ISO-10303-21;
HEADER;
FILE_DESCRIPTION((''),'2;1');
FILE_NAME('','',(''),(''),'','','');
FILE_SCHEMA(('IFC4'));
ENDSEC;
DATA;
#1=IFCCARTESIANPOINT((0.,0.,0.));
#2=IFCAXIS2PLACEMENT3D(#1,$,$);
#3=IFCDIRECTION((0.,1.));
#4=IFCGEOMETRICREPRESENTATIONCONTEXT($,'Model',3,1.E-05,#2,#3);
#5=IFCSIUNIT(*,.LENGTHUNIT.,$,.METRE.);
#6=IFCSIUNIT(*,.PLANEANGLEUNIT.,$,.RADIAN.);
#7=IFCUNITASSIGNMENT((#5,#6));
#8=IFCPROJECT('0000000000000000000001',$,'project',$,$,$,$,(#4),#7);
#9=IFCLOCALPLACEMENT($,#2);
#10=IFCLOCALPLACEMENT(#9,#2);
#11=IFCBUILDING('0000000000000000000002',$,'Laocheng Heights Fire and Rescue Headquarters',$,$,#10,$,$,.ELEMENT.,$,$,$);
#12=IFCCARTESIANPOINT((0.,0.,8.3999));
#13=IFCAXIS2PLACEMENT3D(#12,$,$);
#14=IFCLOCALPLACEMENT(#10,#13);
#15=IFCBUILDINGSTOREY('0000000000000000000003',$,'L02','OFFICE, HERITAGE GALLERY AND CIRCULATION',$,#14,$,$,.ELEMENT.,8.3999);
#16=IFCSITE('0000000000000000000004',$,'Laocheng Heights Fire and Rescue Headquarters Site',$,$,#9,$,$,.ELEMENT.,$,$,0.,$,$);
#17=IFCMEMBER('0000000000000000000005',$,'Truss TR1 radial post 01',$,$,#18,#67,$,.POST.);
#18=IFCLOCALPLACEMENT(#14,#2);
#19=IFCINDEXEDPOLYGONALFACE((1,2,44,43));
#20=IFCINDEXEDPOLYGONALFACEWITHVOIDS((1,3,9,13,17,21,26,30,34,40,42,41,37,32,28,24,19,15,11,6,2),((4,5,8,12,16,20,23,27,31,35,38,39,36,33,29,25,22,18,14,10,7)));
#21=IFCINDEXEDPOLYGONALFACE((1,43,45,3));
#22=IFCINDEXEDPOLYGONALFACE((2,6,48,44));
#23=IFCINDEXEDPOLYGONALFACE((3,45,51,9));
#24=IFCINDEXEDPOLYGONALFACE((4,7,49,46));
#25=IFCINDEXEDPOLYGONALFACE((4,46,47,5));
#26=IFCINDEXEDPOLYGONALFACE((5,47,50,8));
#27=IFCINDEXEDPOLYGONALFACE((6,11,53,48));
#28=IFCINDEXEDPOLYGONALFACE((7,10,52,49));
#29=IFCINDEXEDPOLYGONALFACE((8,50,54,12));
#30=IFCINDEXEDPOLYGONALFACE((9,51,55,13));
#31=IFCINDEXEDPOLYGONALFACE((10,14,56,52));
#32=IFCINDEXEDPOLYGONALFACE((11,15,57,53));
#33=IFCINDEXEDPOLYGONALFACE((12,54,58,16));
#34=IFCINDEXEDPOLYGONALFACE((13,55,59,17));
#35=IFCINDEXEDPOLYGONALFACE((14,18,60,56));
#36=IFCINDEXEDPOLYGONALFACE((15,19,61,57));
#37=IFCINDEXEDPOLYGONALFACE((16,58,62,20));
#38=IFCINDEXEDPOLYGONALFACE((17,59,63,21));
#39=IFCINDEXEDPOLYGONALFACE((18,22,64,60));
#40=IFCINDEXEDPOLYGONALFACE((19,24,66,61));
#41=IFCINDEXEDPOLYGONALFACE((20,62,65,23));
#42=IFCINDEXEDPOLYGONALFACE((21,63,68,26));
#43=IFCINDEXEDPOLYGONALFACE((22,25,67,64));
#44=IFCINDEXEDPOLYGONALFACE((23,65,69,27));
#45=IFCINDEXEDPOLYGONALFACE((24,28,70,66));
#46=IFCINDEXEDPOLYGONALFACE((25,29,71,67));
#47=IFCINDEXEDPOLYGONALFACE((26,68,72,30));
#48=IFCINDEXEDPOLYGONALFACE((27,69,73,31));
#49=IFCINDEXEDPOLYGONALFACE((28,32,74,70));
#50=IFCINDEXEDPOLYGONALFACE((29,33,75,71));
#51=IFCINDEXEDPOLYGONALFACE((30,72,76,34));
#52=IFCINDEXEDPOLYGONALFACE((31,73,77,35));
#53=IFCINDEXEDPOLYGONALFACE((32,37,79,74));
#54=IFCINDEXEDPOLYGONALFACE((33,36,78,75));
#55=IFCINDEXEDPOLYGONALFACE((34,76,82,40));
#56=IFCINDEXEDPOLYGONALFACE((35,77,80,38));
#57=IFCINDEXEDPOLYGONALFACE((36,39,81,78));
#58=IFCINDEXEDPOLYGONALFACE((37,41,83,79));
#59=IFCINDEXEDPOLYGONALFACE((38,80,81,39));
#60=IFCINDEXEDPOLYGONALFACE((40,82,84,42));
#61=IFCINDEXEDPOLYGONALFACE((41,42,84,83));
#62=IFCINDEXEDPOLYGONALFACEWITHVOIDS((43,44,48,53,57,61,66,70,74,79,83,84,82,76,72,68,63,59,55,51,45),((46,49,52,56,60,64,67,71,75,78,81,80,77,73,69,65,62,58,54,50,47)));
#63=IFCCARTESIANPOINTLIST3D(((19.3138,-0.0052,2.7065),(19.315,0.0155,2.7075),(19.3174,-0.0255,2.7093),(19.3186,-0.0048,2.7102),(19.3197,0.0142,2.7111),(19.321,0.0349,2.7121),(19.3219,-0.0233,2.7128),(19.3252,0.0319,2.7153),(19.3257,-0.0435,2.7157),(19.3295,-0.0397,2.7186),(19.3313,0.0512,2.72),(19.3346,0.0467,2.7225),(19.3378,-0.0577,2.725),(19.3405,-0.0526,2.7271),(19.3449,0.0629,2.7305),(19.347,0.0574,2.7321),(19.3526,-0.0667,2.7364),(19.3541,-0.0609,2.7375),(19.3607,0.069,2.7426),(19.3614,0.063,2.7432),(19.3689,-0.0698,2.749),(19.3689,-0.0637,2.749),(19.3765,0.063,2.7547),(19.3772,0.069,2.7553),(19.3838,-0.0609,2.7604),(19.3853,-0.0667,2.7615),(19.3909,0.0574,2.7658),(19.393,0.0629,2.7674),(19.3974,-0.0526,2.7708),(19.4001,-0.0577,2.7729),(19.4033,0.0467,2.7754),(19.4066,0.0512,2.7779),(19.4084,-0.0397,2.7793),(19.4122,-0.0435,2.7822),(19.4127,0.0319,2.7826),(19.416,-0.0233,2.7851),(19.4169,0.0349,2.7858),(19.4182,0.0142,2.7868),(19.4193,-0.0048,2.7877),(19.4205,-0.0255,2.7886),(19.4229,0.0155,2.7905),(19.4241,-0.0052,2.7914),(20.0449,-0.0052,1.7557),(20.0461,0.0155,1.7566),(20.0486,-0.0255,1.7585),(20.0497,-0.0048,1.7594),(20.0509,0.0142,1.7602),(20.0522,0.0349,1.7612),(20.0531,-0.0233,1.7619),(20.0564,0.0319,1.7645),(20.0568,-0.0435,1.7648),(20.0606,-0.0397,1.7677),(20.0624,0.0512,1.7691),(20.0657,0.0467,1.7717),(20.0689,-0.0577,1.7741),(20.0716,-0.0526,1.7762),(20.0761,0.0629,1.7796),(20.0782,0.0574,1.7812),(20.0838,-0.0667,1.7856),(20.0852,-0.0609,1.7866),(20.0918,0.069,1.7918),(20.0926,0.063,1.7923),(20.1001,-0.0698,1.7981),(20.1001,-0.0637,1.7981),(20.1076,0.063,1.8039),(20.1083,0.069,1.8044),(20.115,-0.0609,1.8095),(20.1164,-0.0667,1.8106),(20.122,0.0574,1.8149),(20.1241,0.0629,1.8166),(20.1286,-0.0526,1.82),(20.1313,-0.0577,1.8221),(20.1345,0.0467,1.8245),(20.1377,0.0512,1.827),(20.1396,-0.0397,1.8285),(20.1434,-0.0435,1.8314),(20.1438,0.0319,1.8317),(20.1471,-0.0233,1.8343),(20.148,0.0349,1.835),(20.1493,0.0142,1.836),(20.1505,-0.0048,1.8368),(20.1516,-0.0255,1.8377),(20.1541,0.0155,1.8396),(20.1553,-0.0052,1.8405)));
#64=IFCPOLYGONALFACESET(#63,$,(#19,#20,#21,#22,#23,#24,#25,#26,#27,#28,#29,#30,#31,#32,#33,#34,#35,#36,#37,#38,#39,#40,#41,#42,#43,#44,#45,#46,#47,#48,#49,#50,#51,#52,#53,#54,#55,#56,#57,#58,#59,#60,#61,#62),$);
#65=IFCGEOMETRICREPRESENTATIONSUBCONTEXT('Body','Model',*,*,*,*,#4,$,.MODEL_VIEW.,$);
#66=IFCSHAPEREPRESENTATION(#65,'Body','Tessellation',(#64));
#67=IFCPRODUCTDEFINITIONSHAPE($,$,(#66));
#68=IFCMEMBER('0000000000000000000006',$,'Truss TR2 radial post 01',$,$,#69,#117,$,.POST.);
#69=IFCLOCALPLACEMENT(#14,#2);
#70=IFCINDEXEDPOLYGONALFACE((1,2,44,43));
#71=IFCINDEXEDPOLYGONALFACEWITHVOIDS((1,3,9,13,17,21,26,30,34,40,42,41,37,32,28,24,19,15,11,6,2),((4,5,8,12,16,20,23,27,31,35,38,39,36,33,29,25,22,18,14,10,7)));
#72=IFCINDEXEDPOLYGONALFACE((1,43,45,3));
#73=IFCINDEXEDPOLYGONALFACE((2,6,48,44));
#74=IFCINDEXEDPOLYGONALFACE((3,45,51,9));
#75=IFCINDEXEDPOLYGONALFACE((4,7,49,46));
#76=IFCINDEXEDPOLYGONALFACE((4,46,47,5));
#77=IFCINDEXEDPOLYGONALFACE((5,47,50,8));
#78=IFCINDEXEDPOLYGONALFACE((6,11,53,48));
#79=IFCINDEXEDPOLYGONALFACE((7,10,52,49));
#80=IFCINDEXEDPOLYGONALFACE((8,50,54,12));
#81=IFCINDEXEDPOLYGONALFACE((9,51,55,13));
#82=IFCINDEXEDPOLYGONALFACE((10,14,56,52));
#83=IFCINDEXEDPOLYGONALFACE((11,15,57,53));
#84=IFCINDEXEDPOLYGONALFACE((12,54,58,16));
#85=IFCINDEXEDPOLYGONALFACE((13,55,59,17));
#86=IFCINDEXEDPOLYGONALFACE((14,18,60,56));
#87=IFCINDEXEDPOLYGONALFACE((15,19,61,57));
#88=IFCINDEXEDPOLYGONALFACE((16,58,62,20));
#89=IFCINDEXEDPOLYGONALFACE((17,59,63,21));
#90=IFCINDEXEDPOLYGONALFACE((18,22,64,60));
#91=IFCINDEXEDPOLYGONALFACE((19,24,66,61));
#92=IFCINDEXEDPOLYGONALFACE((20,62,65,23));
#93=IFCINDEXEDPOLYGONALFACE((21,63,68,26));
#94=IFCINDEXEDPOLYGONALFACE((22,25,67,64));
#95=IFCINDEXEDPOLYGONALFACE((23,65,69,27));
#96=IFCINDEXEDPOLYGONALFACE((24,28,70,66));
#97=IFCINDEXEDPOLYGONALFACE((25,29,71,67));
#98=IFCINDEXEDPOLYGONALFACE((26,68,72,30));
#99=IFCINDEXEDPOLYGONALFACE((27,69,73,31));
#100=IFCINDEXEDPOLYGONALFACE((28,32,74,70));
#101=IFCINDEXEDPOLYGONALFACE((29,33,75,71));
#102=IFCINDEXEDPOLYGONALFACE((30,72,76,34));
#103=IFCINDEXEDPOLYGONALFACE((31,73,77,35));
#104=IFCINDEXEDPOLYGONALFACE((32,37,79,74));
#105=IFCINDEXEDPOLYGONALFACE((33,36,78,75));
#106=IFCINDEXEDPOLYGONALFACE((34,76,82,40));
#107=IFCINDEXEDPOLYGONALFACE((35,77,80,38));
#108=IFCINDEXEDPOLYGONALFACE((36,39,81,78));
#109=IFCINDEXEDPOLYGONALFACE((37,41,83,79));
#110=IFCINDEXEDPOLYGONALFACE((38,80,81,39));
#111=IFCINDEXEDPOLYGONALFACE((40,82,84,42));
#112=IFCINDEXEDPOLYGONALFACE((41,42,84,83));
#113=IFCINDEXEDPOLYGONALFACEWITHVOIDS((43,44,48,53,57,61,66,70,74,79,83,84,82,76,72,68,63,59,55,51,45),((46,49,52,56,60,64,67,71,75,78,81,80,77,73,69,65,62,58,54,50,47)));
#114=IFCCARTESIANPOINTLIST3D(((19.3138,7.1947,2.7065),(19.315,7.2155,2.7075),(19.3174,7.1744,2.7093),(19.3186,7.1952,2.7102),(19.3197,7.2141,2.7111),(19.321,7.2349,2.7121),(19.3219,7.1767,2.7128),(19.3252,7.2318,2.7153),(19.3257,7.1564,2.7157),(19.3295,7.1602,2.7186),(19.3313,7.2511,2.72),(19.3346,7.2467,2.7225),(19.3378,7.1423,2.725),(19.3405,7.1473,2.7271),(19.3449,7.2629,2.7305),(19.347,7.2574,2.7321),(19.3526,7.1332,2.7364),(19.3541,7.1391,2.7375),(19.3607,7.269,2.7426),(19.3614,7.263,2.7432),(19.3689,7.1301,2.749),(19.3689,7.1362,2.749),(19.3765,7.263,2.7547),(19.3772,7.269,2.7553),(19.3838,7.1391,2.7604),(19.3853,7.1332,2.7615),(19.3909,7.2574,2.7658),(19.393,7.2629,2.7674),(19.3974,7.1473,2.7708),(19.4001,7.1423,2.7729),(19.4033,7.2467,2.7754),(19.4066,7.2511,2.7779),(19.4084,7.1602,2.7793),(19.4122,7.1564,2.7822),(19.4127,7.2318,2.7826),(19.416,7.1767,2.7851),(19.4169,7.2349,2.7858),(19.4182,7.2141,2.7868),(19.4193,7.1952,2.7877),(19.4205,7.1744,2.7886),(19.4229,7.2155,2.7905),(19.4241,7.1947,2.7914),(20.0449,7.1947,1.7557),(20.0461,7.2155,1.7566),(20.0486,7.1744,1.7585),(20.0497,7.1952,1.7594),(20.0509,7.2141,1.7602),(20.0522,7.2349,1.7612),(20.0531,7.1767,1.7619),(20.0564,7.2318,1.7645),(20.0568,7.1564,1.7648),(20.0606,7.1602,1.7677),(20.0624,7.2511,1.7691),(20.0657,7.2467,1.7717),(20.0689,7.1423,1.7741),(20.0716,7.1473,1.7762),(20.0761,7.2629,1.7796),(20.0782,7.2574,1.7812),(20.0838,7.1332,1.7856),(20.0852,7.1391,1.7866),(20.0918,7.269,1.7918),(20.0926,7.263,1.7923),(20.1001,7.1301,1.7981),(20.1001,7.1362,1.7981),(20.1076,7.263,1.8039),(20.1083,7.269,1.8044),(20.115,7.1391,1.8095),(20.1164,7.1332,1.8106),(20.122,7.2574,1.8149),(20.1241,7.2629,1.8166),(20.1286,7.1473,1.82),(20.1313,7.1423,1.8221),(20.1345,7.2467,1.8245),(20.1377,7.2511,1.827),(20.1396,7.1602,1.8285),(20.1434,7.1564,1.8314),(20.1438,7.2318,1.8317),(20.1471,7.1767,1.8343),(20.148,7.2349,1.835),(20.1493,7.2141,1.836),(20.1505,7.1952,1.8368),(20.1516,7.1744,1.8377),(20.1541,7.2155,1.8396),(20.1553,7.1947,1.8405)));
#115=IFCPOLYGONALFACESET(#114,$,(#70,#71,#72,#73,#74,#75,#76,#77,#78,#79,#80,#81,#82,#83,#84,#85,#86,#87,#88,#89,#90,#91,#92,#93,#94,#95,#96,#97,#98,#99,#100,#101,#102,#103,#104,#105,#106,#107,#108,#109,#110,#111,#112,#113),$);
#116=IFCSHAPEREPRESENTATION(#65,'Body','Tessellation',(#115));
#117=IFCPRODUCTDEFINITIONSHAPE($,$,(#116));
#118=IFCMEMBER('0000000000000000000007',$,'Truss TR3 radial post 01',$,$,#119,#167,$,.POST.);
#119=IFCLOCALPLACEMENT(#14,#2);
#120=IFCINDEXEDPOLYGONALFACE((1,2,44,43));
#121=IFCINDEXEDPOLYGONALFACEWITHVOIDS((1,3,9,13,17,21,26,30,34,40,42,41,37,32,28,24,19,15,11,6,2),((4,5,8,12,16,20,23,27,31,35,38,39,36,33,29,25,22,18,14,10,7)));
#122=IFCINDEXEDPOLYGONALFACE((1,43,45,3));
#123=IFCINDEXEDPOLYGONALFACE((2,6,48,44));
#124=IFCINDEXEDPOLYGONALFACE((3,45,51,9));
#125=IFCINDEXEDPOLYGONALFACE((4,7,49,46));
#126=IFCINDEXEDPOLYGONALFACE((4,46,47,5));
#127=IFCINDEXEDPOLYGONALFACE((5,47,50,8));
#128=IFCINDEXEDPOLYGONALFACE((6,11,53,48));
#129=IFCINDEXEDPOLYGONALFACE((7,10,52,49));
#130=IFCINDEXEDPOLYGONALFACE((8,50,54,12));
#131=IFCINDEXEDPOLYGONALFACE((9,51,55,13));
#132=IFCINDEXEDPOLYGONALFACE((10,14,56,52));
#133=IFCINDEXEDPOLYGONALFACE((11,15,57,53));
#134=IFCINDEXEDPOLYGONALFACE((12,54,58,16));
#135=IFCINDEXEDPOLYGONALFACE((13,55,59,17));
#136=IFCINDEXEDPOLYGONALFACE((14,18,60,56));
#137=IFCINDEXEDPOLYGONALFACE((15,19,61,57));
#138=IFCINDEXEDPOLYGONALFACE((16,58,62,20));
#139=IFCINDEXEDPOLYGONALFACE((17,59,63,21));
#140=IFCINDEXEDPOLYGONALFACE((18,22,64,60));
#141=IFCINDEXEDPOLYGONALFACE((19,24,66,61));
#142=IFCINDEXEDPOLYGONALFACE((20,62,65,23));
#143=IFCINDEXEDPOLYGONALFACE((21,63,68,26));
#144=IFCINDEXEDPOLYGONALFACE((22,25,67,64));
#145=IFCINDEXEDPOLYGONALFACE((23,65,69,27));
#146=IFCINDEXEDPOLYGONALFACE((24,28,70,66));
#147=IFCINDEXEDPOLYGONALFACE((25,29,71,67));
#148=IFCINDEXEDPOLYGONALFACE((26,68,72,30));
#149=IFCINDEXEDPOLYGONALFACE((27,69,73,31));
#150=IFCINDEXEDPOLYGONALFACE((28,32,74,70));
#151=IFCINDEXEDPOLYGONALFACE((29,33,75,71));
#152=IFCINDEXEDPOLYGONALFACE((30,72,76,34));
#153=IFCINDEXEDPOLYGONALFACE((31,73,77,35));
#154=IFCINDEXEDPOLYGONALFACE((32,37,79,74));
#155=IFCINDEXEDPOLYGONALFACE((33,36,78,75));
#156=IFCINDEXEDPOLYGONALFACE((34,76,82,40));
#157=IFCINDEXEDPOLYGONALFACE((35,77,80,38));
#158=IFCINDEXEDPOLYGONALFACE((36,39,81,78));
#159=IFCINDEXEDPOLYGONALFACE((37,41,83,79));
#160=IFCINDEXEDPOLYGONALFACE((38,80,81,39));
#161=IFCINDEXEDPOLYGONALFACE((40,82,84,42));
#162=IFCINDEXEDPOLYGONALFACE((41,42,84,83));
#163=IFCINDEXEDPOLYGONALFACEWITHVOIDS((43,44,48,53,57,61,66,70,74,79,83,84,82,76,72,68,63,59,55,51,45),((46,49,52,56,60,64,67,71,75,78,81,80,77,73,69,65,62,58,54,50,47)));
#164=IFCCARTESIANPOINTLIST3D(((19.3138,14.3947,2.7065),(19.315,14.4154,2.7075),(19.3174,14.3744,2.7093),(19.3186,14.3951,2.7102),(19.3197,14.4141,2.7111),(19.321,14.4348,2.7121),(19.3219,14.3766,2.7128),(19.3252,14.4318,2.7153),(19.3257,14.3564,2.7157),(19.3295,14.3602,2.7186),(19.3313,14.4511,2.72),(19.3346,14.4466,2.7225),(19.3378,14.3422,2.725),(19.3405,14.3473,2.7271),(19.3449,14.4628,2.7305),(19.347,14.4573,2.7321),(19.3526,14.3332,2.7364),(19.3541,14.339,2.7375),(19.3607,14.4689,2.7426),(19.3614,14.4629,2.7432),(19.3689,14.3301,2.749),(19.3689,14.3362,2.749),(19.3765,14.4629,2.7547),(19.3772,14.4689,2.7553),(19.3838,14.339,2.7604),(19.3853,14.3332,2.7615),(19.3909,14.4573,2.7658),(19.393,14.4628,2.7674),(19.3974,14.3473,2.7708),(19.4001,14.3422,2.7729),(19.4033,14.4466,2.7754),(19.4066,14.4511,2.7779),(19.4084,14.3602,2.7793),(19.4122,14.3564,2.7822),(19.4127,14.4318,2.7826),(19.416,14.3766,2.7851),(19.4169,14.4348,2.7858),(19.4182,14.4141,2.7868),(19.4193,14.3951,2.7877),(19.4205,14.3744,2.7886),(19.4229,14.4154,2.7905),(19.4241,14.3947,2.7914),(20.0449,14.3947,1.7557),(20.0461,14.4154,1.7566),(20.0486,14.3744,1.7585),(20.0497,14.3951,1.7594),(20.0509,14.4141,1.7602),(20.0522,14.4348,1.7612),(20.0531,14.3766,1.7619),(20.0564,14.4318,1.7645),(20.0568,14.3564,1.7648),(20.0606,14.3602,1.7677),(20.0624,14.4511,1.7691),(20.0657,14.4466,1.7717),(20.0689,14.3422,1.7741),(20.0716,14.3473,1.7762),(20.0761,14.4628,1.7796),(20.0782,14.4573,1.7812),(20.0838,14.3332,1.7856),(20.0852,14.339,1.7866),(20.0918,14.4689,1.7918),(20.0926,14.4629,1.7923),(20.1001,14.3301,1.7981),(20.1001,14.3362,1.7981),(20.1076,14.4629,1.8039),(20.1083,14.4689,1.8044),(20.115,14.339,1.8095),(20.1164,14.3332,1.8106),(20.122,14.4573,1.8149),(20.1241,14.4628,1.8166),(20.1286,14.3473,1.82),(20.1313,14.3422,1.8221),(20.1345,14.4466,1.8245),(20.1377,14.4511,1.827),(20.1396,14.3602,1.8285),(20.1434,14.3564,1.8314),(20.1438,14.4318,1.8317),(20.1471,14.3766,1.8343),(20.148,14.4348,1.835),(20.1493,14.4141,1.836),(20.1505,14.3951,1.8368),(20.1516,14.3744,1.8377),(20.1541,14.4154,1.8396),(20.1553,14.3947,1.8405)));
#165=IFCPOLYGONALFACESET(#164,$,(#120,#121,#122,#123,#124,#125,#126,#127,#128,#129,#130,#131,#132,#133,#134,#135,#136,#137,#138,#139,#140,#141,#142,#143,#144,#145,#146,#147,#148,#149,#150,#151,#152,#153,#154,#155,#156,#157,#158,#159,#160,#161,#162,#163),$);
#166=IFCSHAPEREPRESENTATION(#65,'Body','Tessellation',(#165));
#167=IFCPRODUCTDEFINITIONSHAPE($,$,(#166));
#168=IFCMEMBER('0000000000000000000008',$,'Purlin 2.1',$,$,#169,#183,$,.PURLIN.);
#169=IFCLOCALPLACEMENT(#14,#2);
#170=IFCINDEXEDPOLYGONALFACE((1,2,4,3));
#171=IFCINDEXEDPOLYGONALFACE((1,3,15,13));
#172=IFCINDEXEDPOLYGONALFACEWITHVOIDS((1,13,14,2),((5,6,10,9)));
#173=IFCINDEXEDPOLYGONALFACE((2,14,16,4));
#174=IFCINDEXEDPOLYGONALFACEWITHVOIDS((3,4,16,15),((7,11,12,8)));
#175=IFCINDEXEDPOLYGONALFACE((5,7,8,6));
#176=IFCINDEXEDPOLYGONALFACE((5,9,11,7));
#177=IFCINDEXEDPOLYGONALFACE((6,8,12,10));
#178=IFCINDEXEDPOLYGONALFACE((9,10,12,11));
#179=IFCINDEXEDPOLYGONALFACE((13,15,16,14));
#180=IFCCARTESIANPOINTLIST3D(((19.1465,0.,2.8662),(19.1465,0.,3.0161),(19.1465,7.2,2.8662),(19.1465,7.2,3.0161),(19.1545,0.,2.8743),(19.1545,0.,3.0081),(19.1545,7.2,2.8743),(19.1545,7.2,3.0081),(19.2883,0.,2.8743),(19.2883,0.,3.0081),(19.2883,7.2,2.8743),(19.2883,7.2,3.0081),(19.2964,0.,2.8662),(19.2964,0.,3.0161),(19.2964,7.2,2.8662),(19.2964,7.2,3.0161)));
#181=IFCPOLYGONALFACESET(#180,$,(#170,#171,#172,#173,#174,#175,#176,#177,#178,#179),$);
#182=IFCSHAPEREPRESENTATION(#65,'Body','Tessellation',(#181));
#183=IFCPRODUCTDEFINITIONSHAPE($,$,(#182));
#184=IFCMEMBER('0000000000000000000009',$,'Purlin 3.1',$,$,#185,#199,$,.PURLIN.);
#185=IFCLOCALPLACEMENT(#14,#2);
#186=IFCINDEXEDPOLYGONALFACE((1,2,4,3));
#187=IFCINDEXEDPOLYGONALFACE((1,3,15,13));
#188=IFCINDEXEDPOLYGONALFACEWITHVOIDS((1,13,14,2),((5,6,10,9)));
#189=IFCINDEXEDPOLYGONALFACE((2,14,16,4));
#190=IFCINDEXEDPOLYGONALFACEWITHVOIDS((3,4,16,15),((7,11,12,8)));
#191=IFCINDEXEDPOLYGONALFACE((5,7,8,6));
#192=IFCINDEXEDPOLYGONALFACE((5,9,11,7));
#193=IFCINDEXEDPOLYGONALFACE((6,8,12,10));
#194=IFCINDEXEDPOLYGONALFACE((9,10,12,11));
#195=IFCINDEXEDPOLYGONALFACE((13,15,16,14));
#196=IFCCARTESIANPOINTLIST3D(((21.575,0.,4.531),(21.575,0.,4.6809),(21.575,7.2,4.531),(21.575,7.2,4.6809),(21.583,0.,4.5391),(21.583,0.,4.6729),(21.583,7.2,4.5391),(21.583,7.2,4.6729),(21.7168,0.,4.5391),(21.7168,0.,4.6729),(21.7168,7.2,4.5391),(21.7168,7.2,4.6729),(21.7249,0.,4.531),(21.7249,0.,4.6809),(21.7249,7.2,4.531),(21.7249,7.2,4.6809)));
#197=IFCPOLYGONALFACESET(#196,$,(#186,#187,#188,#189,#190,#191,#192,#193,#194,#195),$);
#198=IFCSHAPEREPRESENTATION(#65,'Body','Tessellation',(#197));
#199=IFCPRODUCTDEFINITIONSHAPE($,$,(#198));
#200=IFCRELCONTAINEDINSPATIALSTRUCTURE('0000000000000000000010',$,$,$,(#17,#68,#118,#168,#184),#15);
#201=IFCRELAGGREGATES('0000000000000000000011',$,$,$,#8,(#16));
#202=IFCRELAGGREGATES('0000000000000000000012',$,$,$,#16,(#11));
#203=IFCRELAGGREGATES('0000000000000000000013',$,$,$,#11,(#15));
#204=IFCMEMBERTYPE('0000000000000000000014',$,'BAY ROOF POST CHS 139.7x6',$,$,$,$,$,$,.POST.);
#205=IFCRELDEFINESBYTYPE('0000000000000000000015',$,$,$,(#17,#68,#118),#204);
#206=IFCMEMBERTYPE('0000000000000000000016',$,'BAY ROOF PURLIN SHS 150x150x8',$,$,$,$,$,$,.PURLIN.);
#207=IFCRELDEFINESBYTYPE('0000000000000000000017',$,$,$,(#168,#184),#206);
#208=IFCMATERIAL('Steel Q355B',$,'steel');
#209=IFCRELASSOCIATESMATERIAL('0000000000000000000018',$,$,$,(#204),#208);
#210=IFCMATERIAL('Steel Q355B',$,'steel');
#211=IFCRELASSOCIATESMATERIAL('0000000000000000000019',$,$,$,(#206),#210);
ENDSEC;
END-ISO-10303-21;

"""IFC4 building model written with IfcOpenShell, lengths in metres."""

from ifc_helpers import new_model, si_unit, direction, frame, origin, origin_2d, place, context, subcontext, project, spatial, hollow_rectangle, hollow_circle, extrude, material, material_profile, profile_set, type_object, element, save


model = new_model("IFC4")

# Units and contexts
model_context = context("Model", 3, precision=1e-05, world=origin(), true_north=direction((0.0, 1.0)))
body_context = subcontext(model_context, "Body", "Model", "MODEL_VIEW")
ifc_project = project(units=[si_unit("LENGTHUNIT", "METRE"), si_unit("PLANEANGLEUNIT", "RADIAN")], contexts=[model_context])

# Site, building, storey
site_placement = place(None, origin())
site = spatial("IfcSite", under=ifc_project, at=site_placement, Name="Laocheng Heights Fire and Rescue Headquarters Site", CompositionType="ELEMENT", RefElevation=0.0)
building_placement = place(site_placement, origin())
building = spatial("IfcBuilding", under=site, at=building_placement, Name="Laocheng Heights Fire and Rescue Headquarters", CompositionType="ELEMENT")
storey_placement = place(building_placement, frame((0.0, 0.0, 8.3999)))
storey = spatial("IfcBuildingStorey", under=building, at=storey_placement, Name="L02", Description="OFFICE, HERITAGE GALLERY AND CIRCULATION", CompositionType="ELEMENT", Elevation=8.3999)

# Members
ifc_material_1 = material(Name="Steel Q355B", Category="steel")
ifc_material_profile_1 = material_profile(ifc_material_1, hollow_circle(Radius=0.0698, WallThickness=0.0061, at=origin_2d()), Name="CHS 139.7x6")
ifc_profile_set_1 = profile_set([ifc_material_profile_1], Name="Steel Q355B")
member_type_1 = type_object("IfcMemberType", Name="BAY ROOF POST CHS 139.7x6", PredefinedType="POST", material=ifc_profile_set_1)
for number, where, z_axis, x_axis, name in (
    (1, (20.1001, 0.0, 1.7981), (-0.609563, 0.0, 0.792737), (0.0, -1.0, 0.0), "Truss TR1 radial post 01"),
    (2, (20.1001, 7.2, 1.7981), (-0.609563, 0.0, 0.792737), (0.0, -1.0, 0.0), "Truss TR2 radial post 01"),
    (3, (20.1001, 14.3999, 1.7981), (-0.609563, 0.0, 0.792737), (0.0, -1.0, 0.0), "Truss TR3 radial post 01"),
):
    element("IfcMember", number, at=place(storey_placement, frame(where, z_axis=z_axis, x_axis=x_axis)), inside=storey, type_object=member_type_1, Name=name, PredefinedType="POST", context=body_context, shape_type="SweptSolid", body=[
        extrude(hollow_circle(Radius=0.0698, WallThickness=0.0061, at=origin_2d()), origin(), (0.0, 0.0, 1.0), 1.1995),
    ])
ifc_material_2 = material(Name="Steel Q355B", Category="steel")
ifc_material_profile_2 = material_profile(ifc_material_2, hollow_rectangle(XDim=0.1499, YDim=0.1499, WallThickness=0.0081, at=origin_2d()), Name="SHS 150x150x8")
ifc_profile_set_2 = profile_set([ifc_material_profile_2], Name="Steel Q355B")
member_type_2 = type_object("IfcMemberType", Name="BAY ROOF PURLIN SHS 150x150x8", PredefinedType="PURLIN", material=ifc_profile_set_2)
for number, where, z_axis, x_axis, name in (
    (4, (19.2214, 0.0, 2.9412), (0.0, 1.0, 0.0), (-1.0, 0.0, 0.0), "Purlin 2.1"),
    (5, (21.6499, 0.0, 4.606), (0.0, 1.0, 0.0), (-1.0, 0.0, 0.0), "Purlin 3.1"),
):
    element("IfcMember", number, at=place(storey_placement, frame(where, z_axis=z_axis, x_axis=x_axis)), inside=storey, type_object=member_type_2, Name=name, PredefinedType="PURLIN", context=body_context, shape_type="SweptSolid", body=[
        extrude(hollow_rectangle(XDim=0.1499, YDim=0.1499, WallThickness=0.0081, at=origin_2d()), origin(), (0.0, 0.0, 1.0), 7.2),
    ])

save(model, "model.ifc")
